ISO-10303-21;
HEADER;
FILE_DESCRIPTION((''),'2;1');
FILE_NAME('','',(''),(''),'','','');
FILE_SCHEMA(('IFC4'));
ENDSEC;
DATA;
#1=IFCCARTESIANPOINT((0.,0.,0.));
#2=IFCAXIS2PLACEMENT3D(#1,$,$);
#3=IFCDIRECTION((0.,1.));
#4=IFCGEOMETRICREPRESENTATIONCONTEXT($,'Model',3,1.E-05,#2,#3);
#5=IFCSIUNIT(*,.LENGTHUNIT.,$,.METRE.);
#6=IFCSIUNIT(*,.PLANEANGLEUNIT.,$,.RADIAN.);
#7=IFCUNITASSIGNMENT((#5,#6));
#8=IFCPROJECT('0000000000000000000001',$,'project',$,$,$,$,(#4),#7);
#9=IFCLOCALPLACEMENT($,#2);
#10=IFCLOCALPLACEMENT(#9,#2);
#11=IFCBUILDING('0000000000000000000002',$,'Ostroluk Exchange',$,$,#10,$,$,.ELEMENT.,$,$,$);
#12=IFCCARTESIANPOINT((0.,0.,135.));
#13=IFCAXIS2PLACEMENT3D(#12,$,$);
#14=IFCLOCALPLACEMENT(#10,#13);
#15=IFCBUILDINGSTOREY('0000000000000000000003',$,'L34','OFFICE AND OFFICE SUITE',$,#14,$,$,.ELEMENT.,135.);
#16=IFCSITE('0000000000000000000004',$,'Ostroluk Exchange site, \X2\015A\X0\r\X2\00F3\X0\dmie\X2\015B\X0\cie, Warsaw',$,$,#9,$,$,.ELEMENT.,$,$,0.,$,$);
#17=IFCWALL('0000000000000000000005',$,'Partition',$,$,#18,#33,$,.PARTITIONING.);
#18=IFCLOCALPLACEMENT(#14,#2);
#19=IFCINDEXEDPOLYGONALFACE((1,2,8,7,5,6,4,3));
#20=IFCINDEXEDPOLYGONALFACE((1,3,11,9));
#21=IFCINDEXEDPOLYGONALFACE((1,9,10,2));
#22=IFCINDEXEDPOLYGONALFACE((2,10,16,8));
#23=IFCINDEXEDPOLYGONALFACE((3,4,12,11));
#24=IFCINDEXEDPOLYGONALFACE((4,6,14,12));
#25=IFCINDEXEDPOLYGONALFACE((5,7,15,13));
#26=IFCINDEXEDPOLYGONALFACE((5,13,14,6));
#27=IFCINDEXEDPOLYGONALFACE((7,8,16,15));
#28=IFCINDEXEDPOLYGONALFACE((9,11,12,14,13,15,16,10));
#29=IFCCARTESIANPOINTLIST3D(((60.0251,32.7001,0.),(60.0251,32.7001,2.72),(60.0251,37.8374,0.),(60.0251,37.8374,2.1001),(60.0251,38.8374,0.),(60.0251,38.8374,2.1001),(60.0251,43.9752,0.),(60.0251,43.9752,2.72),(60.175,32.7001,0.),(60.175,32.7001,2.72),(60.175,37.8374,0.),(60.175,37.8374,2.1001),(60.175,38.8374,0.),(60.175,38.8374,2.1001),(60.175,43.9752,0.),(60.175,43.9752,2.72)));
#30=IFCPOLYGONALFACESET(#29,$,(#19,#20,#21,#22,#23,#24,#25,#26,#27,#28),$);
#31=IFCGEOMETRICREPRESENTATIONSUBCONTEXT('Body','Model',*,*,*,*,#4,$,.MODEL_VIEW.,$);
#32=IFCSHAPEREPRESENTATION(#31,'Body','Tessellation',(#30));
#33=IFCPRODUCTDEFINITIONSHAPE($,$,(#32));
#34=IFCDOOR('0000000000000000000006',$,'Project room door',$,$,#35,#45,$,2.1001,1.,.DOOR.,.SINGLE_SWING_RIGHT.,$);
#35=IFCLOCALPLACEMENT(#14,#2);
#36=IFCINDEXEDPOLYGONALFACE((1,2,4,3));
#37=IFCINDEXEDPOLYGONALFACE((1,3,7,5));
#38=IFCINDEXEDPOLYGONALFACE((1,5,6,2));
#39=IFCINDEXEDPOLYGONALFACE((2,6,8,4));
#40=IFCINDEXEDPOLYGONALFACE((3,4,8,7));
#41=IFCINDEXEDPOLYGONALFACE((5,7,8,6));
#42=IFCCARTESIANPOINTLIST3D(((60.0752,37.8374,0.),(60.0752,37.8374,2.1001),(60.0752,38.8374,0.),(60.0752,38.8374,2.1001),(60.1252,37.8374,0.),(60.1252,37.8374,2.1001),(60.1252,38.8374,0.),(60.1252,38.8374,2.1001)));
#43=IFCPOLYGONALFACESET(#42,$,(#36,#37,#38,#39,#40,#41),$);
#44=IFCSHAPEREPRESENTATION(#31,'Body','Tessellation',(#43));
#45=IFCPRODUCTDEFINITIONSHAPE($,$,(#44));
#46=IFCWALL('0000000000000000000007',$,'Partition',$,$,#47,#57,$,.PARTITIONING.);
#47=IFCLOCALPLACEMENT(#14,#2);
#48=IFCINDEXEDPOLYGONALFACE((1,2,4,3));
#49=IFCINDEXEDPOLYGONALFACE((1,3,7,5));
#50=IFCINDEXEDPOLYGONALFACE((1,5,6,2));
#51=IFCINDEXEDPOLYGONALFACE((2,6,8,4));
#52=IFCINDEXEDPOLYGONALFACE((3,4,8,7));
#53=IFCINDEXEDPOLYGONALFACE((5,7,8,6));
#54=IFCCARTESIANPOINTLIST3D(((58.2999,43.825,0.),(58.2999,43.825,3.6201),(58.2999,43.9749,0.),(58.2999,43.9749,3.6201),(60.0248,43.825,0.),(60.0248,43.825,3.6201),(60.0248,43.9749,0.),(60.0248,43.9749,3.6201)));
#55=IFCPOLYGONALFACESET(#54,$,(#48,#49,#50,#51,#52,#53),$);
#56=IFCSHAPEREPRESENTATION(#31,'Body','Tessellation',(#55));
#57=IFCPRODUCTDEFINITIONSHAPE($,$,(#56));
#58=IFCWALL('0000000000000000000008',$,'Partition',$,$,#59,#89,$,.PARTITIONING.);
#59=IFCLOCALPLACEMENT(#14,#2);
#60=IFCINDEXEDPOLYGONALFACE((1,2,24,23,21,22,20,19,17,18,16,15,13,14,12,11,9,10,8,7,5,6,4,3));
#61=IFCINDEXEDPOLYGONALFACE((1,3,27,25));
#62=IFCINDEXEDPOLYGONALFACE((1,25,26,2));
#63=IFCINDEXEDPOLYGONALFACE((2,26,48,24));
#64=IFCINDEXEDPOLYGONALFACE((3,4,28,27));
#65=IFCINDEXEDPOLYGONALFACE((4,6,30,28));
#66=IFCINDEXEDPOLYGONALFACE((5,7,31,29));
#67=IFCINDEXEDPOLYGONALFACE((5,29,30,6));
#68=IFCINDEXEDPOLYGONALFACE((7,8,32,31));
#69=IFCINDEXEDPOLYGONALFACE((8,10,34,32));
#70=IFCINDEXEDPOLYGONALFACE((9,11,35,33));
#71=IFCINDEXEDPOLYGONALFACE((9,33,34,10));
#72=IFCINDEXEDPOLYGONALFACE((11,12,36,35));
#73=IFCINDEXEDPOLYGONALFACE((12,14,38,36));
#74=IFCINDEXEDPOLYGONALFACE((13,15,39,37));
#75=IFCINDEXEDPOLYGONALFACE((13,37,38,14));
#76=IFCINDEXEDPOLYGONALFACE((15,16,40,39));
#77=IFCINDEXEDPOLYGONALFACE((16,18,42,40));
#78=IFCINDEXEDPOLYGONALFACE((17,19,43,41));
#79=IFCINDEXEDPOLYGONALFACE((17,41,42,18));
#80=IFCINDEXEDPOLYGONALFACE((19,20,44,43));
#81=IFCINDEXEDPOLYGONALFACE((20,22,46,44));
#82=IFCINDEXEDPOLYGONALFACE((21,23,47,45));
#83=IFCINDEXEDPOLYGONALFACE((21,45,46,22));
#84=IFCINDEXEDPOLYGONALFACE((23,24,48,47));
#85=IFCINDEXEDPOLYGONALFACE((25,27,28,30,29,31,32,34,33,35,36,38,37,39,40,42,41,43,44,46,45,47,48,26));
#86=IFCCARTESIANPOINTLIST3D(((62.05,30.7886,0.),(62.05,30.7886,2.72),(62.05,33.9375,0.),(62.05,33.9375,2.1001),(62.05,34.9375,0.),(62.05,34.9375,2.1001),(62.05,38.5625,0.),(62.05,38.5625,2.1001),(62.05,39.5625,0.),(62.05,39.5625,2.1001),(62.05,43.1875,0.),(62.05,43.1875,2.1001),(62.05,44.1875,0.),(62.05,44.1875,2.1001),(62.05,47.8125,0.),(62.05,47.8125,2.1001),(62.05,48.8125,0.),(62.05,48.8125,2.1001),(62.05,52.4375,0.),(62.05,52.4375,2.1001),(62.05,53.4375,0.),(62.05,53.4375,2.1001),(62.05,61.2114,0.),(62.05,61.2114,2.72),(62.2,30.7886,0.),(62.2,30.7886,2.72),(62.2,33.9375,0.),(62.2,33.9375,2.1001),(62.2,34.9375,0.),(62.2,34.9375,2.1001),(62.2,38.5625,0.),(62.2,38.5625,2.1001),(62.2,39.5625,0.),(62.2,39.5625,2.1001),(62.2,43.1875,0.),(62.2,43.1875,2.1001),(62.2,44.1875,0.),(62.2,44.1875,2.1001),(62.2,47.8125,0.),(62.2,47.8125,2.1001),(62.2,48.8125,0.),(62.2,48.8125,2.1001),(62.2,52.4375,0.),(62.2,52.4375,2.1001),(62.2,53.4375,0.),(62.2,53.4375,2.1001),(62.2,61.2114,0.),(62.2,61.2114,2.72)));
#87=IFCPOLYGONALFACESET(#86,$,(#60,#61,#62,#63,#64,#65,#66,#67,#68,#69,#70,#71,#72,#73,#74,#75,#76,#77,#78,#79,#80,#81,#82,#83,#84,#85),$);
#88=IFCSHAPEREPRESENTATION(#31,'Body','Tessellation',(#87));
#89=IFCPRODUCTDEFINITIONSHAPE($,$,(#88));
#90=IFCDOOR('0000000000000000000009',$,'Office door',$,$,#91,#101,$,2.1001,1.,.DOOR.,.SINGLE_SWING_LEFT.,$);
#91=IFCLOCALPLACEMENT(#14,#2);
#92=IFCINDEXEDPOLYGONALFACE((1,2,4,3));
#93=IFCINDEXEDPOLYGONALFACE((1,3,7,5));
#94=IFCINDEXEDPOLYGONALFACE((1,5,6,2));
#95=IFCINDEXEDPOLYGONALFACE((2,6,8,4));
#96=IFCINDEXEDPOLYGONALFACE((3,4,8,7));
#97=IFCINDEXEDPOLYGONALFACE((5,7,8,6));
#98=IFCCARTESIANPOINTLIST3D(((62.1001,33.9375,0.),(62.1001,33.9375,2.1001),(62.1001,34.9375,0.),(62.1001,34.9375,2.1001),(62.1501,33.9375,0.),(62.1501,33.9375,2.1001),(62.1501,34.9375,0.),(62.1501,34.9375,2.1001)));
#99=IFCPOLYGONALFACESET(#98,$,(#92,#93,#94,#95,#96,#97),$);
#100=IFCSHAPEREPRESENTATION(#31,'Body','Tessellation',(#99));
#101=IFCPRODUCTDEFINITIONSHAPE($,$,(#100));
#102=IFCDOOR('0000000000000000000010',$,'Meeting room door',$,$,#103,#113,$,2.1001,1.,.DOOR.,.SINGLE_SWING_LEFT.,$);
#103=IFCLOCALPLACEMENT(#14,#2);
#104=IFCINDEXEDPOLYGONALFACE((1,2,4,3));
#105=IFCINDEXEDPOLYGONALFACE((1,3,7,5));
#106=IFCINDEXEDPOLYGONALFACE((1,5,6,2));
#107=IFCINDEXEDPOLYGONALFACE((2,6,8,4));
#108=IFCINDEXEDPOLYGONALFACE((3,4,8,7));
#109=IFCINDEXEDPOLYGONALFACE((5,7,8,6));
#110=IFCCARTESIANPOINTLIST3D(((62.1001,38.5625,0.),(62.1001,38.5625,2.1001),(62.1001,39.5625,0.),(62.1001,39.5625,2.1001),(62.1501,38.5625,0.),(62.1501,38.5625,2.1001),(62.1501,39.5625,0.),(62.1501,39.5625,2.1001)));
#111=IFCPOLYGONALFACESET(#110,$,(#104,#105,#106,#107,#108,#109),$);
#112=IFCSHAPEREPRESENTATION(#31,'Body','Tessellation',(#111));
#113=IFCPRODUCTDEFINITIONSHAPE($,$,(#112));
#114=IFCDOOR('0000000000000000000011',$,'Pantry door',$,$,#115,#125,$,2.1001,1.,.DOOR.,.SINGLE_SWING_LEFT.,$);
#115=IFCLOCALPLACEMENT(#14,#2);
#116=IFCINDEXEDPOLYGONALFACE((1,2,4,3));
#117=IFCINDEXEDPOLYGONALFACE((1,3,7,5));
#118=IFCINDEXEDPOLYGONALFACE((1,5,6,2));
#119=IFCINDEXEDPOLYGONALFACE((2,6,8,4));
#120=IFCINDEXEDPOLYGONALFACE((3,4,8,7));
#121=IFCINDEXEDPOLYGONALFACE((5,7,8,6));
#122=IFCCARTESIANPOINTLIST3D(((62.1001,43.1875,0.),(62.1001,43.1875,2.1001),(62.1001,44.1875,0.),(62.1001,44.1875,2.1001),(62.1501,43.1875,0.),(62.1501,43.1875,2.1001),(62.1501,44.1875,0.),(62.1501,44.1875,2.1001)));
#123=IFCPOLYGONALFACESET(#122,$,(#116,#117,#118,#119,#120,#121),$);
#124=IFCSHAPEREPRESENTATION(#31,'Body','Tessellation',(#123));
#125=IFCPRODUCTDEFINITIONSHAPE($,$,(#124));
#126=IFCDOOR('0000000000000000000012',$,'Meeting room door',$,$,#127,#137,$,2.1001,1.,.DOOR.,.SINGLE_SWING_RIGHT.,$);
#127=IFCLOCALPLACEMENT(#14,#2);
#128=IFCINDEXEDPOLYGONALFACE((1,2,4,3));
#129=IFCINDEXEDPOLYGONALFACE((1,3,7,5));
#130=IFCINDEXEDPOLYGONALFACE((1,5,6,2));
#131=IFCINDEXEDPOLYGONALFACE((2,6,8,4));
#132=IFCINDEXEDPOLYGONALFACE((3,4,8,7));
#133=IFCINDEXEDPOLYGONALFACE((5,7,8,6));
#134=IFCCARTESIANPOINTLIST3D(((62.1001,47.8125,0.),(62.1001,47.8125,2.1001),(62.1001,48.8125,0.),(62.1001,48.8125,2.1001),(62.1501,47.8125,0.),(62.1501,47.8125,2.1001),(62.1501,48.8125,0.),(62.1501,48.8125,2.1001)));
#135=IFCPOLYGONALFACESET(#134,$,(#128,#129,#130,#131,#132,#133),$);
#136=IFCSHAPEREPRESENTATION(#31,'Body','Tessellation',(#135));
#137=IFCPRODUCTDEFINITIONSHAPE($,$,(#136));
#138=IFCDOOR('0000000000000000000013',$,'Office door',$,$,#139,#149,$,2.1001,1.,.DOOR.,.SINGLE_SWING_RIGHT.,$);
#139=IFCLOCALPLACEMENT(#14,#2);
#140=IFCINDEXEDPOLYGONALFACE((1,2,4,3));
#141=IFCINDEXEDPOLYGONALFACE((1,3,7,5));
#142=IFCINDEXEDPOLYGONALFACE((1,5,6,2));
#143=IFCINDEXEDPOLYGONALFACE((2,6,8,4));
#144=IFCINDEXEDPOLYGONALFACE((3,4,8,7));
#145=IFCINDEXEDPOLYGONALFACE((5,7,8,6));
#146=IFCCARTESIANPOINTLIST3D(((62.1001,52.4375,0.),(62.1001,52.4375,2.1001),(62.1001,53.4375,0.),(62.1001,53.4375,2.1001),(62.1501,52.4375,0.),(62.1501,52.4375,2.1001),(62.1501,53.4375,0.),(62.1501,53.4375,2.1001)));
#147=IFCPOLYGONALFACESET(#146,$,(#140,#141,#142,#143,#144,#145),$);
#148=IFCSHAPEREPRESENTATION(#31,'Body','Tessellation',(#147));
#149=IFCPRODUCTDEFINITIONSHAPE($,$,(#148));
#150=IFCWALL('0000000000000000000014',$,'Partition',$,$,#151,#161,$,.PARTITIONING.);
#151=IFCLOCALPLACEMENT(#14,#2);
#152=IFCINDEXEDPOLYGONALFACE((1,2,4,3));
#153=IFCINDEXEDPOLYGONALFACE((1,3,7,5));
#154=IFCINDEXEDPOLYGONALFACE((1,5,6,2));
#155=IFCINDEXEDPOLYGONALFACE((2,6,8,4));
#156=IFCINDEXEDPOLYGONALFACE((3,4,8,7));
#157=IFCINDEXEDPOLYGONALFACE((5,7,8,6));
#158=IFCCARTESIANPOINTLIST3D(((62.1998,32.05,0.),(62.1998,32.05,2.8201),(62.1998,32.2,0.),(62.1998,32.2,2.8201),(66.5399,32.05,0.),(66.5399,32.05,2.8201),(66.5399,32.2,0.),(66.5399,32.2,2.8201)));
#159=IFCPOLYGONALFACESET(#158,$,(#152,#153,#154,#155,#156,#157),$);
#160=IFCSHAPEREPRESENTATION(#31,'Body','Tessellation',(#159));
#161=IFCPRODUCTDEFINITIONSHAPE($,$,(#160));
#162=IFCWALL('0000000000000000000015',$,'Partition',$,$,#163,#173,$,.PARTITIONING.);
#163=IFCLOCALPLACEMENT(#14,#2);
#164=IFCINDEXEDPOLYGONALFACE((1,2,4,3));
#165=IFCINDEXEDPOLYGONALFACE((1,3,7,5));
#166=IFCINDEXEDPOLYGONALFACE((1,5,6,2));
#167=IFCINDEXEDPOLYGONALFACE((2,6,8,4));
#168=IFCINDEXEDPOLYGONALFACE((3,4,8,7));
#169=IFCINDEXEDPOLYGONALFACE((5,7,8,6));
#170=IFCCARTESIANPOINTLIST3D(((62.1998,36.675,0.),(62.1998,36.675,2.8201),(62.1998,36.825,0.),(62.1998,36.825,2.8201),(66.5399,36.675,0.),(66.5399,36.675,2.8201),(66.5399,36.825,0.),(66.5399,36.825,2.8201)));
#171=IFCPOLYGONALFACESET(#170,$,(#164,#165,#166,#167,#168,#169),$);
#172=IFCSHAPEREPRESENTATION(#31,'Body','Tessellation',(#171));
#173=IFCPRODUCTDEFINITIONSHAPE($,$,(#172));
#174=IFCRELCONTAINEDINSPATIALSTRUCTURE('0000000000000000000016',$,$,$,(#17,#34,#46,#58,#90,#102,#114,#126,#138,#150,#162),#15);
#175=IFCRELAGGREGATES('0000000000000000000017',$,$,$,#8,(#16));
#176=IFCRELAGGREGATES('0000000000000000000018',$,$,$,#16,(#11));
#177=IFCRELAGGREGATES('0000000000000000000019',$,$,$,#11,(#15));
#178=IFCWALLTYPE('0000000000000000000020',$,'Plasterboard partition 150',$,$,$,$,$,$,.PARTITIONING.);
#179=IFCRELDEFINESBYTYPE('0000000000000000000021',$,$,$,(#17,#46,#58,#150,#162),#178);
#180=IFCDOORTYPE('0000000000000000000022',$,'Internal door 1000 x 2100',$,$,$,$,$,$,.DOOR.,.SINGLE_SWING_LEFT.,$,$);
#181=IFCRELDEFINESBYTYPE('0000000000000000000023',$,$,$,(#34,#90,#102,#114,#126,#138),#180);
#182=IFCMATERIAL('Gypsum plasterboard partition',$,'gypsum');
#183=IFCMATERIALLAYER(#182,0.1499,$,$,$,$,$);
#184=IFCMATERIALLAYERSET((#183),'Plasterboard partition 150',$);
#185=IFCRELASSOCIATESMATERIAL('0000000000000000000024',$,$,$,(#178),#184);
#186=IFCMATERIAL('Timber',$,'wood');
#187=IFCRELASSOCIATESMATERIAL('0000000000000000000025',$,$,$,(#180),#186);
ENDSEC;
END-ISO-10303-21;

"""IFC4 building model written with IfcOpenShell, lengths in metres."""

from ifc_helpers import new_model, si_unit, direction, frame, frame_2d, origin, place, context, subcontext, project, spatial, rectangle, extrude, material, layer, layer_set, type_object, element, fill, save


model = new_model("IFC4")

# Units and contexts
model_context = context("Model", 3, precision=1e-05, world=origin(), true_north=direction((0.0, 1.0)))
body_context = subcontext(model_context, "Body", "Model", "MODEL_VIEW")
ifc_project = project(units=[si_unit("LENGTHUNIT", "METRE"), si_unit("PLANEANGLEUNIT", "RADIAN")], contexts=[model_context])

# Site, building, storey
site_placement = place(None, origin())
site = spatial("IfcSite", under=ifc_project, at=site_placement, Name="Ostroluk Exchange site, Śródmieście, Warsaw", CompositionType="ELEMENT", RefElevation=0.0)
building_placement = place(site_placement, origin())
building = spatial("IfcBuilding", under=site, at=building_placement, Name="Ostroluk Exchange", CompositionType="ELEMENT")
storey_placement = place(building_placement, frame((0.0, 0.0, 135.0)))
storey = spatial("IfcBuildingStorey", under=building, at=storey_placement, Name="L34", Description="OFFICE AND OFFICE SUITE", CompositionType="ELEMENT", Elevation=135.0)

# Wall, opening, door
ifc_material_1 = material(Name="Gypsum plasterboard partition", Category="gypsum")
ifc_layer_1 = layer(ifc_material_1, 0.1499)
ifc_layer_set_1 = layer_set([ifc_layer_1], Name="Plasterboard partition 150")
wall_type = type_object("IfcWallType", Name="Plasterboard partition 150", PredefinedType="PARTITIONING", material=ifc_layer_set_1)
wall_1_placement = place(storey_placement, frame((60.1001, 32.7, 0.0), z_axis=(0.0, 0.0, 1.0), x_axis=(0.0, 1.0, 0.0)))
wall_1 = element("IfcWall", 1, at=wall_1_placement, inside=storey, type_object=wall_type, Name="Partition", PredefinedType="PARTITIONING", context=body_context, shape_type="SweptSolid", body=[
    extrude(rectangle(XDim=11.2751, YDim=0.1499, at=frame_2d((5.6377, 0.0))), origin(), (0.0, 0.0, 1.0), 2.72),
])
opening_1_placement = place(wall_1_placement, frame((5.1375, 0.0, 0.0)))
opening_1 = element("IfcOpeningElement", 2, at=opening_1_placement, cuts=wall_1, PredefinedType="OPENING", context=body_context, shape_type="SweptSolid", body=[
    extrude(rectangle(XDim=1.0, YDim=2.1001, at=frame_2d((0.5, 1.05))), frame((0.0, 0.085, 0.0), z_axis=(0.0, -1.0, 0.0), x_axis=(1.0, 0.0, 0.0)), (0.0, 0.0, 1.0), 0.1699),
])
ifc_material_2 = material(Name="Timber", Category="wood")
door_type = type_object("IfcDoorType", Name="Internal door 1000 x 2100", OperationType="SINGLE_SWING_LEFT", PredefinedType="DOOR", material=ifc_material_2)
door_1_placement = place(opening_1_placement, origin())
door_1 = element("IfcDoor", 3, at=door_1_placement, inside=storey, type_object=door_type, Name="Project room door", OperationType="SINGLE_SWING_RIGHT", OverallHeight=2.1001, OverallWidth=1.0, PredefinedType="DOOR", context=body_context, shape_type="SweptSolid", body=[
    extrude(rectangle(XDim=1.0, YDim=2.1001, at=frame_2d((0.5, 1.05))), frame((0.0, 0.0249, 0.0), z_axis=(0.0, -1.0, 0.0), x_axis=(1.0, 0.0, 0.0)), (0.0, 0.0, 1.0), 0.05),
])
fill(opening_1, door_1)

# Wall
wall_2_placement = place(storey_placement, frame((58.3, 43.8999, 0.0), z_axis=(0.0, 0.0, 1.0), x_axis=(1.0, 0.0, 0.0)))
element("IfcWall", 4, at=wall_2_placement, inside=storey, type_object=wall_type, Name="Partition", PredefinedType="PARTITIONING", context=body_context, shape_type="SweptSolid", body=[
    extrude(rectangle(XDim=1.7249, YDim=0.1499, at=frame_2d((0.8623, 0.0))), origin(), (0.0, 0.0, 1.0), 3.6201),
])

# Wall, openings, doors
wall_3_placement = place(storey_placement, frame((62.125, 30.7886, 0.0), z_axis=(0.0, 0.0, 1.0), x_axis=(0.0, 1.0, 0.0)))
wall_3 = element("IfcWall", 5, at=wall_3_placement, inside=storey, type_object=wall_type, Name="Partition", PredefinedType="PARTITIONING", context=body_context, shape_type="SweptSolid", body=[
    extrude(rectangle(XDim=30.4229, YDim=0.1499, at=frame_2d((15.2114, 0.0))), origin(), (0.0, 0.0, 1.0), 2.72),
])
opening_2_placement = place(wall_3_placement, frame((3.1489, 0.0, 0.0)))
opening_2 = element("IfcOpeningElement", 6, at=opening_2_placement, cuts=wall_3, PredefinedType="OPENING", context=body_context, shape_type="SweptSolid", body=[
    extrude(rectangle(XDim=1.0, YDim=2.1001, at=frame_2d((0.5, 1.05))), frame((0.0, 0.085, 0.0), z_axis=(0.0, -1.0, 0.0), x_axis=(1.0, 0.0, 0.0)), (0.0, 0.0, 1.0), 0.1699),
])
opening_3_placement = place(wall_3_placement, frame((7.7739, 0.0, 0.0)))
opening_3 = element("IfcOpeningElement", 7, at=opening_3_placement, cuts=wall_3, PredefinedType="OPENING", context=body_context, shape_type="SweptSolid", body=[
    extrude(rectangle(XDim=1.0, YDim=2.1001, at=frame_2d((0.5, 1.05))), frame((0.0, 0.085, 0.0), z_axis=(0.0, -1.0, 0.0), x_axis=(1.0, 0.0, 0.0)), (0.0, 0.0, 1.0), 0.1699),
])
opening_4_placement = place(wall_3_placement, frame((12.3989, 0.0, 0.0)))
opening_4 = element("IfcOpeningElement", 8, at=opening_4_placement, cuts=wall_3, PredefinedType="OPENING", context=body_context, shape_type="SweptSolid", body=[
    extrude(rectangle(XDim=1.0, YDim=2.1001, at=frame_2d((0.5, 1.05))), frame((0.0, 0.085, 0.0), z_axis=(0.0, -1.0, 0.0), x_axis=(1.0, 0.0, 0.0)), (0.0, 0.0, 1.0), 0.1699),
])
opening_5_placement = place(wall_3_placement, frame((17.0239, 0.0, 0.0)))
opening_5 = element("IfcOpeningElement", 9, at=opening_5_placement, cuts=wall_3, PredefinedType="OPENING", context=body_context, shape_type="SweptSolid", body=[
    extrude(rectangle(XDim=1.0, YDim=2.1001, at=frame_2d((0.5, 1.05))), frame((0.0, 0.085, 0.0), z_axis=(0.0, -1.0, 0.0), x_axis=(1.0, 0.0, 0.0)), (0.0, 0.0, 1.0), 0.1699),
])
opening_6_placement = place(wall_3_placement, frame((21.6489, 0.0, 0.0)))
opening_6 = element("IfcOpeningElement", 10, at=opening_6_placement, cuts=wall_3, PredefinedType="OPENING", context=body_context, shape_type="SweptSolid", body=[
    extrude(rectangle(XDim=1.0, YDim=2.1001, at=frame_2d((0.5, 1.05))), frame((0.0, 0.085, 0.0), z_axis=(0.0, -1.0, 0.0), x_axis=(1.0, 0.0, 0.0)), (0.0, 0.0, 1.0), 0.1699),
])
door_2_placement = place(opening_2_placement, origin())
door_2 = element("IfcDoor", 11, at=door_2_placement, inside=storey, type_object=door_type, Name="Office door", OperationType="SINGLE_SWING_LEFT", OverallHeight=2.1001, OverallWidth=1.0, PredefinedType="DOOR", context=body_context, shape_type="SweptSolid", body=[
    extrude(rectangle(XDim=1.0, YDim=2.1001, at=frame_2d((0.5, 1.05))), frame((0.0, 0.0249, 0.0), z_axis=(0.0, -1.0, 0.0), x_axis=(1.0, 0.0, 0.0)), (0.0, 0.0, 1.0), 0.05),
])
fill(opening_2, door_2)
door_3_placement = place(opening_3_placement, origin())
door_3 = element("IfcDoor", 12, at=door_3_placement, inside=storey, type_object=door_type, Name="Meeting room door", OperationType="SINGLE_SWING_LEFT", OverallHeight=2.1001, OverallWidth=1.0, PredefinedType="DOOR", context=body_context, shape_type="SweptSolid", body=[
    extrude(rectangle(XDim=1.0, YDim=2.1001, at=frame_2d((0.5, 1.05))), frame((0.0, 0.0249, 0.0), z_axis=(0.0, -1.0, 0.0), x_axis=(1.0, 0.0, 0.0)), (0.0, 0.0, 1.0), 0.05),
])
fill(opening_3, door_3)
door_4_placement = place(opening_4_placement, origin())
door_4 = element("IfcDoor", 13, at=door_4_placement, inside=storey, type_object=door_type, Name="Pantry door", OperationType="SINGLE_SWING_LEFT", OverallHeight=2.1001, OverallWidth=1.0, PredefinedType="DOOR", context=body_context, shape_type="SweptSolid", body=[
    extrude(rectangle(XDim=1.0, YDim=2.1001, at=frame_2d((0.5, 1.05))), frame((0.0, 0.0249, 0.0), z_axis=(0.0, -1.0, 0.0), x_axis=(1.0, 0.0, 0.0)), (0.0, 0.0, 1.0), 0.05),
])
fill(opening_4, door_4)
door_5_placement = place(opening_5_placement, origin())
door_5 = element("IfcDoor", 14, at=door_5_placement, inside=storey, type_object=door_type, Name="Meeting room door", OperationType="SINGLE_SWING_RIGHT", OverallHeight=2.1001, OverallWidth=1.0, PredefinedType="DOOR", context=body_context, shape_type="SweptSolid", body=[
    extrude(rectangle(XDim=1.0, YDim=2.1001, at=frame_2d((0.5, 1.05))), frame((0.0, 0.0249, 0.0), z_axis=(0.0, -1.0, 0.0), x_axis=(1.0, 0.0, 0.0)), (0.0, 0.0, 1.0), 0.05),
])
fill(opening_5, door_5)
door_6_placement = place(opening_6_placement, origin())
door_6 = element("IfcDoor", 15, at=door_6_placement, inside=storey, type_object=door_type, Name="Office door", OperationType="SINGLE_SWING_RIGHT", OverallHeight=2.1001, OverallWidth=1.0, PredefinedType="DOOR", context=body_context, shape_type="SweptSolid", body=[
    extrude(rectangle(XDim=1.0, YDim=2.1001, at=frame_2d((0.5, 1.05))), frame((0.0, 0.0249, 0.0), z_axis=(0.0, -1.0, 0.0), x_axis=(1.0, 0.0, 0.0)), (0.0, 0.0, 1.0), 0.05),
])
fill(opening_6, door_6)

# Walls
for number, where, z_axis, x_axis, name in (
    (16, (62.2, 32.125, 0.0), (0.0, 0.0, 1.0), (1.0, 0.0, 0.0), "Partition"),
    (17, (62.2, 36.75, 0.0), (0.0, 0.0, 1.0), (1.0, 0.0, 0.0), "Partition"),
):
    element("IfcWall", number, at=place(storey_placement, frame(where, z_axis=z_axis, x_axis=x_axis)), inside=storey, type_object=wall_type, Name=name, PredefinedType="PARTITIONING", context=body_context, shape_type="SweptSolid", body=[
        extrude(rectangle(XDim=4.3401, YDim=0.1499, at=frame_2d((2.1699, 0.0))), origin(), (0.0, 0.0, 1.0), 2.8201),
    ])

save(model, "model.ifc")
